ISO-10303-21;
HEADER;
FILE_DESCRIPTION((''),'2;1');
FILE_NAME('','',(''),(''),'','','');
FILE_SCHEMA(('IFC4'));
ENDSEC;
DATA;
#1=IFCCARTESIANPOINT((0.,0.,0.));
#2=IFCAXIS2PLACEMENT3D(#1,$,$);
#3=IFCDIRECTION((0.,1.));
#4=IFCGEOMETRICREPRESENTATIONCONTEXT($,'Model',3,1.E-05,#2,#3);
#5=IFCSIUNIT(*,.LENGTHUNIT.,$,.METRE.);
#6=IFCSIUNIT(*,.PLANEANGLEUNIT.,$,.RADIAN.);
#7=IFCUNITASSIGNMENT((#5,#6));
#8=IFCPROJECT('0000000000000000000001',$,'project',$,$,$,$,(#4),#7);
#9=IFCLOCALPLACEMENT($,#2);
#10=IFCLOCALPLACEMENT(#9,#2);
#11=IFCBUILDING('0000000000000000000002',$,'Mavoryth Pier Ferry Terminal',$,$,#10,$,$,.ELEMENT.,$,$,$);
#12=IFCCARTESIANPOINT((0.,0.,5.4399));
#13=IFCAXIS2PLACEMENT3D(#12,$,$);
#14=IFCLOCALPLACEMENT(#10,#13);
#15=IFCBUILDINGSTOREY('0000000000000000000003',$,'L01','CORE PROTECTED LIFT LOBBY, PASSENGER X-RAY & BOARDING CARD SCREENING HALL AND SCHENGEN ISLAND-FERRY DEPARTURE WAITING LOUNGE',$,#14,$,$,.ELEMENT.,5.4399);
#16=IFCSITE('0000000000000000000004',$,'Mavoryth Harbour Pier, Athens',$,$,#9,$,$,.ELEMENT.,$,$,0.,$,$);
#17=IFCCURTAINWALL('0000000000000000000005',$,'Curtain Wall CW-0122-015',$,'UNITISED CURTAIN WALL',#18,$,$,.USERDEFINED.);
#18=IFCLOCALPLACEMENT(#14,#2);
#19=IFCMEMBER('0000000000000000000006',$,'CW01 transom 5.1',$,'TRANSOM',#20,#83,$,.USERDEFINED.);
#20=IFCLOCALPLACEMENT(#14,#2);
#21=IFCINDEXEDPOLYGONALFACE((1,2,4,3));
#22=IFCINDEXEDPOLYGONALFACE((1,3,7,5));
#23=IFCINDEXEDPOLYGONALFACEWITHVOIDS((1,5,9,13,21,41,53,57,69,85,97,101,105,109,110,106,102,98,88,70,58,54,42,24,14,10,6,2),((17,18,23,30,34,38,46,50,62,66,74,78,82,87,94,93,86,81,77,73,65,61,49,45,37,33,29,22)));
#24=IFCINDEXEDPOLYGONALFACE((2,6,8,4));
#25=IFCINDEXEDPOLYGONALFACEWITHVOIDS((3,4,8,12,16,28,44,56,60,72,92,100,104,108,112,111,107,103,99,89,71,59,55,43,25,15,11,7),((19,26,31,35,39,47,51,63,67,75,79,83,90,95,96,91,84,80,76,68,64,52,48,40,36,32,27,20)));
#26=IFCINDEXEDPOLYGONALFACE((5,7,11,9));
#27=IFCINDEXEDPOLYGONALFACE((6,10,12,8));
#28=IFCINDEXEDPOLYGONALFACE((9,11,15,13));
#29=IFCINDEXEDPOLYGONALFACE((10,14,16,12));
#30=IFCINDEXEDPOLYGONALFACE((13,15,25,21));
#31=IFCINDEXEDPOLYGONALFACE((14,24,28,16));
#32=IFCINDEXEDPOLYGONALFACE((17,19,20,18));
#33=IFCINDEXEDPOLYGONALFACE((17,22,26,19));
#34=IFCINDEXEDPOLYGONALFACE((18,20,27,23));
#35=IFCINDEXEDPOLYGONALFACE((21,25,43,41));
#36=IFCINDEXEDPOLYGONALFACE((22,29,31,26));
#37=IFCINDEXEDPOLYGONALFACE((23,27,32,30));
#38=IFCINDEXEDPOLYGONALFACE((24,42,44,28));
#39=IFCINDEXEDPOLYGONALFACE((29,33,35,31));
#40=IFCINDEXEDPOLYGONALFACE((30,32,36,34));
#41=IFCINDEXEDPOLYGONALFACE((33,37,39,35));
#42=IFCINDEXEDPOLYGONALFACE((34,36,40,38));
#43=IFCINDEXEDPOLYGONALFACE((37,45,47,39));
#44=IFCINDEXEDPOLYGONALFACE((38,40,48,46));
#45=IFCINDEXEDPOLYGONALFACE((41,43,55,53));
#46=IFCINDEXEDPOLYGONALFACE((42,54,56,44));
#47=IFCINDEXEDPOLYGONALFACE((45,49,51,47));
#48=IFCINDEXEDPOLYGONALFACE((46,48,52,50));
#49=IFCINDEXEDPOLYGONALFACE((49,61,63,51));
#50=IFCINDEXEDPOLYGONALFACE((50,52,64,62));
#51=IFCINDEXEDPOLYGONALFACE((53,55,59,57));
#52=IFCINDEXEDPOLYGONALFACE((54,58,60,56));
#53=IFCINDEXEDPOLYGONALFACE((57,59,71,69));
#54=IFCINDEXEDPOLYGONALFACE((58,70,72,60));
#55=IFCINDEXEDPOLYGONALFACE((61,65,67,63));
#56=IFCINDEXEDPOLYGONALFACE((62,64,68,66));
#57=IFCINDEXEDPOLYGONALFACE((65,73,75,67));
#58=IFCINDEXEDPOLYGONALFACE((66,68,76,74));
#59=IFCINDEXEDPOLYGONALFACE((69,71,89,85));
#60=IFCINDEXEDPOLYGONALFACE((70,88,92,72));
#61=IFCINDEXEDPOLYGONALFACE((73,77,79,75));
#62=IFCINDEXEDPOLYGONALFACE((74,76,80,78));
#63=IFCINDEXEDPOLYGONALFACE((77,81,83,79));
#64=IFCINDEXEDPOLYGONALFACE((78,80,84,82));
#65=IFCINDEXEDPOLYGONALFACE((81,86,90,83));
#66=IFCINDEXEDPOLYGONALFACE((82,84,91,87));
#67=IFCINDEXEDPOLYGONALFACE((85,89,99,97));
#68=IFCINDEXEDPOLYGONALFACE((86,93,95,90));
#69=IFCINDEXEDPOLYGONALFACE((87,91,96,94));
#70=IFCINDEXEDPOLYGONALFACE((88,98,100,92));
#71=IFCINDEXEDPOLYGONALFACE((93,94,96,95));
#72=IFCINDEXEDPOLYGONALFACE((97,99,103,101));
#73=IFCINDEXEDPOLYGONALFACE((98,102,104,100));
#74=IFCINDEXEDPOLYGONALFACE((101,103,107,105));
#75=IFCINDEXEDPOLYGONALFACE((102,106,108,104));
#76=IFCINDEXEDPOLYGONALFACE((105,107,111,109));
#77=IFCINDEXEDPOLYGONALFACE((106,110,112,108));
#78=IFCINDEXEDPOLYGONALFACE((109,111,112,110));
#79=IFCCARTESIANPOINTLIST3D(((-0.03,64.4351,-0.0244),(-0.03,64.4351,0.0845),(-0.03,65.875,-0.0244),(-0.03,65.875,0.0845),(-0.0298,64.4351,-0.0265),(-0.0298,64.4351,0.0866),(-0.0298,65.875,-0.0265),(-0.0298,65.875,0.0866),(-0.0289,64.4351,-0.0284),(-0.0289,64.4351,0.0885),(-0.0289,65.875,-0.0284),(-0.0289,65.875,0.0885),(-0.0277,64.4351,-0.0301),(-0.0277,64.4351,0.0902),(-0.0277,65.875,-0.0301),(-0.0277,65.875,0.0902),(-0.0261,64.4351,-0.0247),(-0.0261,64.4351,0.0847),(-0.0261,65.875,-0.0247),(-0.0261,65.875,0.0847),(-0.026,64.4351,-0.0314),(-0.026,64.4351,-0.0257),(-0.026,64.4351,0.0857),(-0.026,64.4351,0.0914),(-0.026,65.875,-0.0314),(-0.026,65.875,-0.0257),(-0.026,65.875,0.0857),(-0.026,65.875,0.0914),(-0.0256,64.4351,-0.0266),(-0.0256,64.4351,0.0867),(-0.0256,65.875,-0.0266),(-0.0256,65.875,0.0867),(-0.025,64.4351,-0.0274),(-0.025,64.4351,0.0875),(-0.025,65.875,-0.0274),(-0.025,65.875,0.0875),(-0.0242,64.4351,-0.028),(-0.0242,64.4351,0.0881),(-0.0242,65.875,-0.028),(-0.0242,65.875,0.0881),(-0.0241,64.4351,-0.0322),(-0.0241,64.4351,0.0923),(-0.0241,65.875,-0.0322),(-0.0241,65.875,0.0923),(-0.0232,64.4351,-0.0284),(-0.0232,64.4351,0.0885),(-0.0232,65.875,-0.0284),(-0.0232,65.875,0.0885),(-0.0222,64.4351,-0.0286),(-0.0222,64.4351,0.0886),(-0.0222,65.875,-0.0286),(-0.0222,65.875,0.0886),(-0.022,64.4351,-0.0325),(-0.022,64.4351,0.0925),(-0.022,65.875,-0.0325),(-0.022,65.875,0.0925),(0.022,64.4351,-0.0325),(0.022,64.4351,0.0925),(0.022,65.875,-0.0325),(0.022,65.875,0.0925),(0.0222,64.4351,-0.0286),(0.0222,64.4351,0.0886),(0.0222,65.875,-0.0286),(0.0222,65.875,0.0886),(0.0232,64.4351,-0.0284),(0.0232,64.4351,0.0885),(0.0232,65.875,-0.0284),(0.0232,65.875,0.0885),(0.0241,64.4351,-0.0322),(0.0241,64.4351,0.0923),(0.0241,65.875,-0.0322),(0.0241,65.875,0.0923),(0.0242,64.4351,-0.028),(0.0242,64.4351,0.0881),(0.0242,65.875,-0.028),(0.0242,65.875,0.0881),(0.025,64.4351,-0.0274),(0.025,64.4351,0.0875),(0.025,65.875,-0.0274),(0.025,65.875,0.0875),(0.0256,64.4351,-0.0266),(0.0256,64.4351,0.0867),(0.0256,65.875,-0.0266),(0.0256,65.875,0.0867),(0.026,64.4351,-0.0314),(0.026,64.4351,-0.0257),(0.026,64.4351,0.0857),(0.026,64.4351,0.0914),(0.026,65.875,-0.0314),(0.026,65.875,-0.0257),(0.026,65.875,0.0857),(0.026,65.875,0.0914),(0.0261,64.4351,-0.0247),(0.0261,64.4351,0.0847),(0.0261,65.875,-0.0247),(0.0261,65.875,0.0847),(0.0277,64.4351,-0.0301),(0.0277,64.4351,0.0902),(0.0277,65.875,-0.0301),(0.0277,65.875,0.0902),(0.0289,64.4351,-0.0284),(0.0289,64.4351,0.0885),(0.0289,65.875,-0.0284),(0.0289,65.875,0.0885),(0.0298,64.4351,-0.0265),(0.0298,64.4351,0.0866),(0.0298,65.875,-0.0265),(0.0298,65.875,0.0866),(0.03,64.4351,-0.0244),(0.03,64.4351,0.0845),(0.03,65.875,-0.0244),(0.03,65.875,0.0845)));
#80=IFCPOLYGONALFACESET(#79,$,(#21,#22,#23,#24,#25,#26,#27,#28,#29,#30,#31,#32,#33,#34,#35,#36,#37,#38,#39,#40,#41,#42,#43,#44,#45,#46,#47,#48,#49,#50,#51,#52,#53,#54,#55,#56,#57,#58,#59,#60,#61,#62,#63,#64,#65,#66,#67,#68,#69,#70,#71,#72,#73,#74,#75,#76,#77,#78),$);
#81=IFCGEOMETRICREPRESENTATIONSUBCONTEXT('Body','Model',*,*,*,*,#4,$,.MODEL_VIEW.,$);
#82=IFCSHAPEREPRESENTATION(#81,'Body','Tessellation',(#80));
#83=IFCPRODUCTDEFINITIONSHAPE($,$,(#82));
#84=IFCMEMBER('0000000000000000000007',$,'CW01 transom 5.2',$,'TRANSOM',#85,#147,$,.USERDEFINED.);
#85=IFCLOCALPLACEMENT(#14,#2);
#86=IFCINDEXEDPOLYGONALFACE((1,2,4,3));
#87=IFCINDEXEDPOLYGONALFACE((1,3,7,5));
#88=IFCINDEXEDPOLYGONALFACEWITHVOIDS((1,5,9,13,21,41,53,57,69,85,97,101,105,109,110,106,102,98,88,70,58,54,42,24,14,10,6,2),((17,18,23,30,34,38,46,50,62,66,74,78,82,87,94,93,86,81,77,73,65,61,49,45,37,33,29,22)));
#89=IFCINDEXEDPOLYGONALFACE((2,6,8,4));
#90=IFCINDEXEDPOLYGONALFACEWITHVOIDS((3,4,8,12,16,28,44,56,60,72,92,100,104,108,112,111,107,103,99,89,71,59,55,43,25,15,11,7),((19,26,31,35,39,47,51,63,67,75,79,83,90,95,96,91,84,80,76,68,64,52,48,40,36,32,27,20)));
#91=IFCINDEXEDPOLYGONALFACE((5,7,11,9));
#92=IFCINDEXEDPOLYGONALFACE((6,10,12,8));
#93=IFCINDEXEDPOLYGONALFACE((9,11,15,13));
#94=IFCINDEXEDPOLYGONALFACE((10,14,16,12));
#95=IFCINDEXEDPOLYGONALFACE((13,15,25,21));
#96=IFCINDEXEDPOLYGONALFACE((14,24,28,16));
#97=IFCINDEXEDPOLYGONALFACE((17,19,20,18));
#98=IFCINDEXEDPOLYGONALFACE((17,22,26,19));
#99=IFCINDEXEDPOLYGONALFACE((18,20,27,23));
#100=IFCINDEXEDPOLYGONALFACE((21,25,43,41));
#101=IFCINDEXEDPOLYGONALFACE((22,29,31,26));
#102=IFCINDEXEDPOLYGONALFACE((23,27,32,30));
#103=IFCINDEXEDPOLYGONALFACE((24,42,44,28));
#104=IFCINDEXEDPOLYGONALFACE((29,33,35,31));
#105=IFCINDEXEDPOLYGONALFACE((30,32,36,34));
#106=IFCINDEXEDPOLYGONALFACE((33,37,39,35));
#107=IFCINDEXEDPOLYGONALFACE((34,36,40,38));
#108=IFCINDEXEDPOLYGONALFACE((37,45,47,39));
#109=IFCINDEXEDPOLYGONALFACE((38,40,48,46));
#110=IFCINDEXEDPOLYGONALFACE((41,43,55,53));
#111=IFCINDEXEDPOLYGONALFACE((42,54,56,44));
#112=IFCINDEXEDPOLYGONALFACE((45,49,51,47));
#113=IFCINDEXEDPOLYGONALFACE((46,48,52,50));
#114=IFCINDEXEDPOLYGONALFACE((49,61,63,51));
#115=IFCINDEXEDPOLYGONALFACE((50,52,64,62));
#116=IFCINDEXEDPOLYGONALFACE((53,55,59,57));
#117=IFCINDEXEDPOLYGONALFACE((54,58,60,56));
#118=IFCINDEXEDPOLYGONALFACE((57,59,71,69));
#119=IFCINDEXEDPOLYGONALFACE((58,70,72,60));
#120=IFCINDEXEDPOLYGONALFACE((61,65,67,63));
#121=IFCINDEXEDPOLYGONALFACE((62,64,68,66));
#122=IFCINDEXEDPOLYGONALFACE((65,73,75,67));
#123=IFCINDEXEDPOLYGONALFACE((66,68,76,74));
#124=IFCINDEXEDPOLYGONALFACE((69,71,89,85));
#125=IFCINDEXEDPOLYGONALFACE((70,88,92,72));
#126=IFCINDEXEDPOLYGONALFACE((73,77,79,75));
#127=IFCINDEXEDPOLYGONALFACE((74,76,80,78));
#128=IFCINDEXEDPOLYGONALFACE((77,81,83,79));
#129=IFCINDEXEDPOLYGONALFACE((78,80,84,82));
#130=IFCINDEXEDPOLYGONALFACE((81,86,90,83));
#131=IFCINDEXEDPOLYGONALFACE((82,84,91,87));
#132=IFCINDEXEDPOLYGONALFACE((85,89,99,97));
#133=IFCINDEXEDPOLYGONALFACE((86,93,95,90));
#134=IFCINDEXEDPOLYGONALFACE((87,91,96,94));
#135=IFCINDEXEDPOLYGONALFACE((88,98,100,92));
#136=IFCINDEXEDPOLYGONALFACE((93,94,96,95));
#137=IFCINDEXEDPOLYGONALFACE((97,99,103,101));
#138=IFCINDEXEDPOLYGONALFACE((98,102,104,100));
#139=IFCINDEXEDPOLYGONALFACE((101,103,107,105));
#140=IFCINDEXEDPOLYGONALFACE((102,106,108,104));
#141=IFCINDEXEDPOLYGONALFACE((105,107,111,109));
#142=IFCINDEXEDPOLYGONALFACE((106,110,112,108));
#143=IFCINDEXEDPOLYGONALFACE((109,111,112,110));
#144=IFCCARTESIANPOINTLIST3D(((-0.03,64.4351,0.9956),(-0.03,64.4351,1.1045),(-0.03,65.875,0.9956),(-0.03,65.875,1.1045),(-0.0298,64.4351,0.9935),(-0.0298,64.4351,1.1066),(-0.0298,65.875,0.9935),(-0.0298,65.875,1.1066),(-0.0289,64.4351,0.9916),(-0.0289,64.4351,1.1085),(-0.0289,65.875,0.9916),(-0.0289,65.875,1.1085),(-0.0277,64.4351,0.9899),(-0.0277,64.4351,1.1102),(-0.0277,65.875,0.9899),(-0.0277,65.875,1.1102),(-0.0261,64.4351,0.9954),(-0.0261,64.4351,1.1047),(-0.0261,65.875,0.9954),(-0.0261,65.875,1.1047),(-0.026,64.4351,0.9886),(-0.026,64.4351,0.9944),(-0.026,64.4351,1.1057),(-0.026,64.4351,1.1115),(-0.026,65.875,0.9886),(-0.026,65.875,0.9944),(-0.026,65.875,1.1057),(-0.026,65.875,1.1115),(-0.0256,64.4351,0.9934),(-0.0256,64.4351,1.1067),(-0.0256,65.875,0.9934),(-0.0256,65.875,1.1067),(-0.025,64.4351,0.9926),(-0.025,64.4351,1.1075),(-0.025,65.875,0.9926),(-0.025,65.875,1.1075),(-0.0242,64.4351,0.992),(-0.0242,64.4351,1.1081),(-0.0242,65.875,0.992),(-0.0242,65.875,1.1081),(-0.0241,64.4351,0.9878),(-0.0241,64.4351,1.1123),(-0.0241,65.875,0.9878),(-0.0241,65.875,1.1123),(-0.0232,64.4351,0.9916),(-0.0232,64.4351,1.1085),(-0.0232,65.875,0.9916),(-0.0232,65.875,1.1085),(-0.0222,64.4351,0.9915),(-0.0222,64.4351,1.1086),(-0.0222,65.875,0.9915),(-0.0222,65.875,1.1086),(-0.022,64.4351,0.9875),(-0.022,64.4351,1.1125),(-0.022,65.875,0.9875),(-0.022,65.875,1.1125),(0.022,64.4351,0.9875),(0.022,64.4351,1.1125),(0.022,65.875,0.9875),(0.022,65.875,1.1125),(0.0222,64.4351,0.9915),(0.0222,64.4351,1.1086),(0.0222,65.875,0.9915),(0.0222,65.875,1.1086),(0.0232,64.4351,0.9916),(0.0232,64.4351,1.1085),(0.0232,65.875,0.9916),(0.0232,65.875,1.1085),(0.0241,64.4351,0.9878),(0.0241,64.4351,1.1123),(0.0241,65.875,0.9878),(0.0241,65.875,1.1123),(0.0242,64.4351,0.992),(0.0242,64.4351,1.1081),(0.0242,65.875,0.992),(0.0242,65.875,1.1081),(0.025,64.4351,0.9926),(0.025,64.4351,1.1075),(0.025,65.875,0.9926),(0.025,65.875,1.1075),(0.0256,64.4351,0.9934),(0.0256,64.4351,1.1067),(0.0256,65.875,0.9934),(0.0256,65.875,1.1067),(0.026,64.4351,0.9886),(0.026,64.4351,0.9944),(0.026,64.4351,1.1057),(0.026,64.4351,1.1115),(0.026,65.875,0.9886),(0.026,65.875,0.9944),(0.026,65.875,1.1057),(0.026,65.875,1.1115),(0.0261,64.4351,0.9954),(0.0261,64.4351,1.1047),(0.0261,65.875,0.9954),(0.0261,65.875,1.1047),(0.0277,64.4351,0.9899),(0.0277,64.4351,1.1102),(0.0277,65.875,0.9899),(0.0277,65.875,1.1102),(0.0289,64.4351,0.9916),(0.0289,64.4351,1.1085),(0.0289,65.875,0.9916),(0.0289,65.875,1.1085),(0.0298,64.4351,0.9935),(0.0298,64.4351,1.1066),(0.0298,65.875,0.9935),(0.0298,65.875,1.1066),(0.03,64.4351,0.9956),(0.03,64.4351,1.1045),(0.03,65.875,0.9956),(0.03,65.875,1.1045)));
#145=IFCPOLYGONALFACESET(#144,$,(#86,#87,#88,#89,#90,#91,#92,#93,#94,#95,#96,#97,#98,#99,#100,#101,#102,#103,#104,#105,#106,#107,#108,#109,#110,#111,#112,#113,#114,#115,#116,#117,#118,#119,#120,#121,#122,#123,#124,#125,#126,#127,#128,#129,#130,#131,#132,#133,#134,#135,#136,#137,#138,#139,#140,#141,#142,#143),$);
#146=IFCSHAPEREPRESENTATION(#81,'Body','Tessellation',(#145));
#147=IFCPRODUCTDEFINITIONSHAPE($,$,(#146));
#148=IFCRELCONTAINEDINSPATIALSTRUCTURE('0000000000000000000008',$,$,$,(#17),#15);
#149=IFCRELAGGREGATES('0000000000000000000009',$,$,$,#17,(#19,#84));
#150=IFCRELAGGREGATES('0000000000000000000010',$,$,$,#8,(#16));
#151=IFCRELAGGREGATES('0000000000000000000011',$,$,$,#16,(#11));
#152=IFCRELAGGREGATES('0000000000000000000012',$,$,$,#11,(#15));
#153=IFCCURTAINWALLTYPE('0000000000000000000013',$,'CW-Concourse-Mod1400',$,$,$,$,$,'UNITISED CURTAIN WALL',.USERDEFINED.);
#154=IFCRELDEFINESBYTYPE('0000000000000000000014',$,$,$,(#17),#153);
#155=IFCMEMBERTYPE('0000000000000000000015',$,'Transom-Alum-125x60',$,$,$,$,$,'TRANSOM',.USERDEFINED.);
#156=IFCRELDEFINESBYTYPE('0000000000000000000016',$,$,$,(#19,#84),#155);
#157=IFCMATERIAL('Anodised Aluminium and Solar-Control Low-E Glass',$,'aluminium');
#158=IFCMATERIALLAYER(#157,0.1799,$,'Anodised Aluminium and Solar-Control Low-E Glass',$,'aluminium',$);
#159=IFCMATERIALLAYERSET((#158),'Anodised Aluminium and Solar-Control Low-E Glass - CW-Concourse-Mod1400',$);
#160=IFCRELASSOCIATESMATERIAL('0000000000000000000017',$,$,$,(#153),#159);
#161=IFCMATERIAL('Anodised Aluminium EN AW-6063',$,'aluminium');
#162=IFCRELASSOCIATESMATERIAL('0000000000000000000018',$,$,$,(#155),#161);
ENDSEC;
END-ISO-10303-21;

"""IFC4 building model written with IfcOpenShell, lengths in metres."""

from ifc_helpers import new_model, si_unit, direction, frame, origin, origin_2d, place, context, subcontext, project, spatial, hollow_rectangle, extrude, material, layer, layer_set, material_profile, profile_set, type_object, element, aggregate, save


model = new_model("IFC4")

# Units and contexts
model_context = context("Model", 3, precision=1e-05, world=origin(), true_north=direction((0.0, 1.0)))
body_context = subcontext(model_context, "Body", "Model", "MODEL_VIEW")
ifc_project = project(units=[si_unit("LENGTHUNIT", "METRE"), si_unit("PLANEANGLEUNIT", "RADIAN")], contexts=[model_context])

# Site, building, storey
site_placement = place(None, origin())
site = spatial("IfcSite", under=ifc_project, at=site_placement, Name="Mavoryth Harbour Pier, Athens", CompositionType="ELEMENT", RefElevation=0.0)
building_placement = place(site_placement, origin())
building = spatial("IfcBuilding", under=site, at=building_placement, Name="Mavoryth Pier Ferry Terminal", CompositionType="ELEMENT")
storey_placement = place(building_placement, frame((0.0, 0.0, 5.4399)))
storey = spatial("IfcBuildingStorey", under=building, at=storey_placement, Name="L01", Description="CORE PROTECTED LIFT LOBBY, PASSENGER X-RAY & BOARDING CARD SCREENING HALL AND SCHENGEN ISLAND-FERRY DEPARTURE WAITING LOUNGE", CompositionType="ELEMENT", Elevation=5.4399)

# Shared definitions
ifc_material_1 = material(Name="Anodised Aluminium and Solar-Control Low-E Glass", Category="aluminium")
ifc_layer_1 = layer(ifc_material_1, 0.1799, Name="Anodised Aluminium and Solar-Control Low-E Glass", Category="aluminium")
ifc_layer_set_1 = layer_set([ifc_layer_1], Name="Anodised Aluminium and Solar-Control Low-E Glass - CW-Concourse-Mod1400")
curtain_wall_type = type_object("IfcCurtainWallType", Name="CW-Concourse-Mod1400", ElementType="UNITISED CURTAIN WALL", PredefinedType="USERDEFINED", material=ifc_layer_set_1)
ifc_material_2 = material(Name="Anodised Aluminium EN AW-6063", Category="aluminium")

# Curtain wall
curtain_wall_1_placement = place(storey_placement, origin())
curtain_wall_1 = element("IfcCurtainWall", 1, at=curtain_wall_1_placement, inside=storey, type_object=curtain_wall_type, Name="Curtain Wall CW-0122-015", ObjectType="UNITISED CURTAIN WALL", PredefinedType="USERDEFINED")

# Members
ifc_material_profile_1 = material_profile(ifc_material_2, hollow_rectangle(XDim=0.0601, YDim=0.125, WallThickness=0.0039, InnerFilletRadius=0.0039, OuterFilletRadius=0.0081, at=origin_2d()), Name="AL-TRAN 125x60x4", Category="aluminium")
ifc_profile_set_1 = profile_set([ifc_material_profile_1], Name="Anodised Aluminium EN AW-6063 - AL-TRAN 125x60x4")
member_type_1 = type_object("IfcMemberType", Name="Transom-Alum-125x60", ElementType="TRANSOM", PredefinedType="USERDEFINED", material=ifc_profile_set_1)
member_1_placement = place(storey_placement, frame((0.0, 65.875, 0.03), z_axis=(0.0, -1.0, 0.0), x_axis=(1.0, 0.0, 0.0)))
member_1 = element("IfcMember", 2, at=member_1_placement, type_object=member_type_1, Name="CW01 transom 5.1", ObjectType="TRANSOM", PredefinedType="USERDEFINED", context=body_context, shape_type="SweptSolid", body=[
    extrude(hollow_rectangle(XDim=0.0601, YDim=0.125, WallThickness=0.0039, InnerFilletRadius=0.0039, OuterFilletRadius=0.0081, at=origin_2d()), origin(), (0.0, 0.0, 1.0), 1.4399),
])
member_2_placement = place(storey_placement, frame((0.0, 65.875, 1.05), z_axis=(0.0, -1.0, 0.0), x_axis=(1.0, 0.0, 0.0)))
member_2 = element("IfcMember", 3, at=member_2_placement, type_object=member_type_1, Name="CW01 transom 5.2", ObjectType="TRANSOM", PredefinedType="USERDEFINED", context=body_context, shape_type="SweptSolid", body=[
    extrude(hollow_rectangle(XDim=0.0601, YDim=0.125, WallThickness=0.0039, InnerFilletRadius=0.0039, OuterFilletRadius=0.0081, at=origin_2d()), origin(), (0.0, 0.0, 1.0), 1.4399),
])

aggregate(curtain_wall_1, [member_1, member_2])

save(model, "model.ifc")
